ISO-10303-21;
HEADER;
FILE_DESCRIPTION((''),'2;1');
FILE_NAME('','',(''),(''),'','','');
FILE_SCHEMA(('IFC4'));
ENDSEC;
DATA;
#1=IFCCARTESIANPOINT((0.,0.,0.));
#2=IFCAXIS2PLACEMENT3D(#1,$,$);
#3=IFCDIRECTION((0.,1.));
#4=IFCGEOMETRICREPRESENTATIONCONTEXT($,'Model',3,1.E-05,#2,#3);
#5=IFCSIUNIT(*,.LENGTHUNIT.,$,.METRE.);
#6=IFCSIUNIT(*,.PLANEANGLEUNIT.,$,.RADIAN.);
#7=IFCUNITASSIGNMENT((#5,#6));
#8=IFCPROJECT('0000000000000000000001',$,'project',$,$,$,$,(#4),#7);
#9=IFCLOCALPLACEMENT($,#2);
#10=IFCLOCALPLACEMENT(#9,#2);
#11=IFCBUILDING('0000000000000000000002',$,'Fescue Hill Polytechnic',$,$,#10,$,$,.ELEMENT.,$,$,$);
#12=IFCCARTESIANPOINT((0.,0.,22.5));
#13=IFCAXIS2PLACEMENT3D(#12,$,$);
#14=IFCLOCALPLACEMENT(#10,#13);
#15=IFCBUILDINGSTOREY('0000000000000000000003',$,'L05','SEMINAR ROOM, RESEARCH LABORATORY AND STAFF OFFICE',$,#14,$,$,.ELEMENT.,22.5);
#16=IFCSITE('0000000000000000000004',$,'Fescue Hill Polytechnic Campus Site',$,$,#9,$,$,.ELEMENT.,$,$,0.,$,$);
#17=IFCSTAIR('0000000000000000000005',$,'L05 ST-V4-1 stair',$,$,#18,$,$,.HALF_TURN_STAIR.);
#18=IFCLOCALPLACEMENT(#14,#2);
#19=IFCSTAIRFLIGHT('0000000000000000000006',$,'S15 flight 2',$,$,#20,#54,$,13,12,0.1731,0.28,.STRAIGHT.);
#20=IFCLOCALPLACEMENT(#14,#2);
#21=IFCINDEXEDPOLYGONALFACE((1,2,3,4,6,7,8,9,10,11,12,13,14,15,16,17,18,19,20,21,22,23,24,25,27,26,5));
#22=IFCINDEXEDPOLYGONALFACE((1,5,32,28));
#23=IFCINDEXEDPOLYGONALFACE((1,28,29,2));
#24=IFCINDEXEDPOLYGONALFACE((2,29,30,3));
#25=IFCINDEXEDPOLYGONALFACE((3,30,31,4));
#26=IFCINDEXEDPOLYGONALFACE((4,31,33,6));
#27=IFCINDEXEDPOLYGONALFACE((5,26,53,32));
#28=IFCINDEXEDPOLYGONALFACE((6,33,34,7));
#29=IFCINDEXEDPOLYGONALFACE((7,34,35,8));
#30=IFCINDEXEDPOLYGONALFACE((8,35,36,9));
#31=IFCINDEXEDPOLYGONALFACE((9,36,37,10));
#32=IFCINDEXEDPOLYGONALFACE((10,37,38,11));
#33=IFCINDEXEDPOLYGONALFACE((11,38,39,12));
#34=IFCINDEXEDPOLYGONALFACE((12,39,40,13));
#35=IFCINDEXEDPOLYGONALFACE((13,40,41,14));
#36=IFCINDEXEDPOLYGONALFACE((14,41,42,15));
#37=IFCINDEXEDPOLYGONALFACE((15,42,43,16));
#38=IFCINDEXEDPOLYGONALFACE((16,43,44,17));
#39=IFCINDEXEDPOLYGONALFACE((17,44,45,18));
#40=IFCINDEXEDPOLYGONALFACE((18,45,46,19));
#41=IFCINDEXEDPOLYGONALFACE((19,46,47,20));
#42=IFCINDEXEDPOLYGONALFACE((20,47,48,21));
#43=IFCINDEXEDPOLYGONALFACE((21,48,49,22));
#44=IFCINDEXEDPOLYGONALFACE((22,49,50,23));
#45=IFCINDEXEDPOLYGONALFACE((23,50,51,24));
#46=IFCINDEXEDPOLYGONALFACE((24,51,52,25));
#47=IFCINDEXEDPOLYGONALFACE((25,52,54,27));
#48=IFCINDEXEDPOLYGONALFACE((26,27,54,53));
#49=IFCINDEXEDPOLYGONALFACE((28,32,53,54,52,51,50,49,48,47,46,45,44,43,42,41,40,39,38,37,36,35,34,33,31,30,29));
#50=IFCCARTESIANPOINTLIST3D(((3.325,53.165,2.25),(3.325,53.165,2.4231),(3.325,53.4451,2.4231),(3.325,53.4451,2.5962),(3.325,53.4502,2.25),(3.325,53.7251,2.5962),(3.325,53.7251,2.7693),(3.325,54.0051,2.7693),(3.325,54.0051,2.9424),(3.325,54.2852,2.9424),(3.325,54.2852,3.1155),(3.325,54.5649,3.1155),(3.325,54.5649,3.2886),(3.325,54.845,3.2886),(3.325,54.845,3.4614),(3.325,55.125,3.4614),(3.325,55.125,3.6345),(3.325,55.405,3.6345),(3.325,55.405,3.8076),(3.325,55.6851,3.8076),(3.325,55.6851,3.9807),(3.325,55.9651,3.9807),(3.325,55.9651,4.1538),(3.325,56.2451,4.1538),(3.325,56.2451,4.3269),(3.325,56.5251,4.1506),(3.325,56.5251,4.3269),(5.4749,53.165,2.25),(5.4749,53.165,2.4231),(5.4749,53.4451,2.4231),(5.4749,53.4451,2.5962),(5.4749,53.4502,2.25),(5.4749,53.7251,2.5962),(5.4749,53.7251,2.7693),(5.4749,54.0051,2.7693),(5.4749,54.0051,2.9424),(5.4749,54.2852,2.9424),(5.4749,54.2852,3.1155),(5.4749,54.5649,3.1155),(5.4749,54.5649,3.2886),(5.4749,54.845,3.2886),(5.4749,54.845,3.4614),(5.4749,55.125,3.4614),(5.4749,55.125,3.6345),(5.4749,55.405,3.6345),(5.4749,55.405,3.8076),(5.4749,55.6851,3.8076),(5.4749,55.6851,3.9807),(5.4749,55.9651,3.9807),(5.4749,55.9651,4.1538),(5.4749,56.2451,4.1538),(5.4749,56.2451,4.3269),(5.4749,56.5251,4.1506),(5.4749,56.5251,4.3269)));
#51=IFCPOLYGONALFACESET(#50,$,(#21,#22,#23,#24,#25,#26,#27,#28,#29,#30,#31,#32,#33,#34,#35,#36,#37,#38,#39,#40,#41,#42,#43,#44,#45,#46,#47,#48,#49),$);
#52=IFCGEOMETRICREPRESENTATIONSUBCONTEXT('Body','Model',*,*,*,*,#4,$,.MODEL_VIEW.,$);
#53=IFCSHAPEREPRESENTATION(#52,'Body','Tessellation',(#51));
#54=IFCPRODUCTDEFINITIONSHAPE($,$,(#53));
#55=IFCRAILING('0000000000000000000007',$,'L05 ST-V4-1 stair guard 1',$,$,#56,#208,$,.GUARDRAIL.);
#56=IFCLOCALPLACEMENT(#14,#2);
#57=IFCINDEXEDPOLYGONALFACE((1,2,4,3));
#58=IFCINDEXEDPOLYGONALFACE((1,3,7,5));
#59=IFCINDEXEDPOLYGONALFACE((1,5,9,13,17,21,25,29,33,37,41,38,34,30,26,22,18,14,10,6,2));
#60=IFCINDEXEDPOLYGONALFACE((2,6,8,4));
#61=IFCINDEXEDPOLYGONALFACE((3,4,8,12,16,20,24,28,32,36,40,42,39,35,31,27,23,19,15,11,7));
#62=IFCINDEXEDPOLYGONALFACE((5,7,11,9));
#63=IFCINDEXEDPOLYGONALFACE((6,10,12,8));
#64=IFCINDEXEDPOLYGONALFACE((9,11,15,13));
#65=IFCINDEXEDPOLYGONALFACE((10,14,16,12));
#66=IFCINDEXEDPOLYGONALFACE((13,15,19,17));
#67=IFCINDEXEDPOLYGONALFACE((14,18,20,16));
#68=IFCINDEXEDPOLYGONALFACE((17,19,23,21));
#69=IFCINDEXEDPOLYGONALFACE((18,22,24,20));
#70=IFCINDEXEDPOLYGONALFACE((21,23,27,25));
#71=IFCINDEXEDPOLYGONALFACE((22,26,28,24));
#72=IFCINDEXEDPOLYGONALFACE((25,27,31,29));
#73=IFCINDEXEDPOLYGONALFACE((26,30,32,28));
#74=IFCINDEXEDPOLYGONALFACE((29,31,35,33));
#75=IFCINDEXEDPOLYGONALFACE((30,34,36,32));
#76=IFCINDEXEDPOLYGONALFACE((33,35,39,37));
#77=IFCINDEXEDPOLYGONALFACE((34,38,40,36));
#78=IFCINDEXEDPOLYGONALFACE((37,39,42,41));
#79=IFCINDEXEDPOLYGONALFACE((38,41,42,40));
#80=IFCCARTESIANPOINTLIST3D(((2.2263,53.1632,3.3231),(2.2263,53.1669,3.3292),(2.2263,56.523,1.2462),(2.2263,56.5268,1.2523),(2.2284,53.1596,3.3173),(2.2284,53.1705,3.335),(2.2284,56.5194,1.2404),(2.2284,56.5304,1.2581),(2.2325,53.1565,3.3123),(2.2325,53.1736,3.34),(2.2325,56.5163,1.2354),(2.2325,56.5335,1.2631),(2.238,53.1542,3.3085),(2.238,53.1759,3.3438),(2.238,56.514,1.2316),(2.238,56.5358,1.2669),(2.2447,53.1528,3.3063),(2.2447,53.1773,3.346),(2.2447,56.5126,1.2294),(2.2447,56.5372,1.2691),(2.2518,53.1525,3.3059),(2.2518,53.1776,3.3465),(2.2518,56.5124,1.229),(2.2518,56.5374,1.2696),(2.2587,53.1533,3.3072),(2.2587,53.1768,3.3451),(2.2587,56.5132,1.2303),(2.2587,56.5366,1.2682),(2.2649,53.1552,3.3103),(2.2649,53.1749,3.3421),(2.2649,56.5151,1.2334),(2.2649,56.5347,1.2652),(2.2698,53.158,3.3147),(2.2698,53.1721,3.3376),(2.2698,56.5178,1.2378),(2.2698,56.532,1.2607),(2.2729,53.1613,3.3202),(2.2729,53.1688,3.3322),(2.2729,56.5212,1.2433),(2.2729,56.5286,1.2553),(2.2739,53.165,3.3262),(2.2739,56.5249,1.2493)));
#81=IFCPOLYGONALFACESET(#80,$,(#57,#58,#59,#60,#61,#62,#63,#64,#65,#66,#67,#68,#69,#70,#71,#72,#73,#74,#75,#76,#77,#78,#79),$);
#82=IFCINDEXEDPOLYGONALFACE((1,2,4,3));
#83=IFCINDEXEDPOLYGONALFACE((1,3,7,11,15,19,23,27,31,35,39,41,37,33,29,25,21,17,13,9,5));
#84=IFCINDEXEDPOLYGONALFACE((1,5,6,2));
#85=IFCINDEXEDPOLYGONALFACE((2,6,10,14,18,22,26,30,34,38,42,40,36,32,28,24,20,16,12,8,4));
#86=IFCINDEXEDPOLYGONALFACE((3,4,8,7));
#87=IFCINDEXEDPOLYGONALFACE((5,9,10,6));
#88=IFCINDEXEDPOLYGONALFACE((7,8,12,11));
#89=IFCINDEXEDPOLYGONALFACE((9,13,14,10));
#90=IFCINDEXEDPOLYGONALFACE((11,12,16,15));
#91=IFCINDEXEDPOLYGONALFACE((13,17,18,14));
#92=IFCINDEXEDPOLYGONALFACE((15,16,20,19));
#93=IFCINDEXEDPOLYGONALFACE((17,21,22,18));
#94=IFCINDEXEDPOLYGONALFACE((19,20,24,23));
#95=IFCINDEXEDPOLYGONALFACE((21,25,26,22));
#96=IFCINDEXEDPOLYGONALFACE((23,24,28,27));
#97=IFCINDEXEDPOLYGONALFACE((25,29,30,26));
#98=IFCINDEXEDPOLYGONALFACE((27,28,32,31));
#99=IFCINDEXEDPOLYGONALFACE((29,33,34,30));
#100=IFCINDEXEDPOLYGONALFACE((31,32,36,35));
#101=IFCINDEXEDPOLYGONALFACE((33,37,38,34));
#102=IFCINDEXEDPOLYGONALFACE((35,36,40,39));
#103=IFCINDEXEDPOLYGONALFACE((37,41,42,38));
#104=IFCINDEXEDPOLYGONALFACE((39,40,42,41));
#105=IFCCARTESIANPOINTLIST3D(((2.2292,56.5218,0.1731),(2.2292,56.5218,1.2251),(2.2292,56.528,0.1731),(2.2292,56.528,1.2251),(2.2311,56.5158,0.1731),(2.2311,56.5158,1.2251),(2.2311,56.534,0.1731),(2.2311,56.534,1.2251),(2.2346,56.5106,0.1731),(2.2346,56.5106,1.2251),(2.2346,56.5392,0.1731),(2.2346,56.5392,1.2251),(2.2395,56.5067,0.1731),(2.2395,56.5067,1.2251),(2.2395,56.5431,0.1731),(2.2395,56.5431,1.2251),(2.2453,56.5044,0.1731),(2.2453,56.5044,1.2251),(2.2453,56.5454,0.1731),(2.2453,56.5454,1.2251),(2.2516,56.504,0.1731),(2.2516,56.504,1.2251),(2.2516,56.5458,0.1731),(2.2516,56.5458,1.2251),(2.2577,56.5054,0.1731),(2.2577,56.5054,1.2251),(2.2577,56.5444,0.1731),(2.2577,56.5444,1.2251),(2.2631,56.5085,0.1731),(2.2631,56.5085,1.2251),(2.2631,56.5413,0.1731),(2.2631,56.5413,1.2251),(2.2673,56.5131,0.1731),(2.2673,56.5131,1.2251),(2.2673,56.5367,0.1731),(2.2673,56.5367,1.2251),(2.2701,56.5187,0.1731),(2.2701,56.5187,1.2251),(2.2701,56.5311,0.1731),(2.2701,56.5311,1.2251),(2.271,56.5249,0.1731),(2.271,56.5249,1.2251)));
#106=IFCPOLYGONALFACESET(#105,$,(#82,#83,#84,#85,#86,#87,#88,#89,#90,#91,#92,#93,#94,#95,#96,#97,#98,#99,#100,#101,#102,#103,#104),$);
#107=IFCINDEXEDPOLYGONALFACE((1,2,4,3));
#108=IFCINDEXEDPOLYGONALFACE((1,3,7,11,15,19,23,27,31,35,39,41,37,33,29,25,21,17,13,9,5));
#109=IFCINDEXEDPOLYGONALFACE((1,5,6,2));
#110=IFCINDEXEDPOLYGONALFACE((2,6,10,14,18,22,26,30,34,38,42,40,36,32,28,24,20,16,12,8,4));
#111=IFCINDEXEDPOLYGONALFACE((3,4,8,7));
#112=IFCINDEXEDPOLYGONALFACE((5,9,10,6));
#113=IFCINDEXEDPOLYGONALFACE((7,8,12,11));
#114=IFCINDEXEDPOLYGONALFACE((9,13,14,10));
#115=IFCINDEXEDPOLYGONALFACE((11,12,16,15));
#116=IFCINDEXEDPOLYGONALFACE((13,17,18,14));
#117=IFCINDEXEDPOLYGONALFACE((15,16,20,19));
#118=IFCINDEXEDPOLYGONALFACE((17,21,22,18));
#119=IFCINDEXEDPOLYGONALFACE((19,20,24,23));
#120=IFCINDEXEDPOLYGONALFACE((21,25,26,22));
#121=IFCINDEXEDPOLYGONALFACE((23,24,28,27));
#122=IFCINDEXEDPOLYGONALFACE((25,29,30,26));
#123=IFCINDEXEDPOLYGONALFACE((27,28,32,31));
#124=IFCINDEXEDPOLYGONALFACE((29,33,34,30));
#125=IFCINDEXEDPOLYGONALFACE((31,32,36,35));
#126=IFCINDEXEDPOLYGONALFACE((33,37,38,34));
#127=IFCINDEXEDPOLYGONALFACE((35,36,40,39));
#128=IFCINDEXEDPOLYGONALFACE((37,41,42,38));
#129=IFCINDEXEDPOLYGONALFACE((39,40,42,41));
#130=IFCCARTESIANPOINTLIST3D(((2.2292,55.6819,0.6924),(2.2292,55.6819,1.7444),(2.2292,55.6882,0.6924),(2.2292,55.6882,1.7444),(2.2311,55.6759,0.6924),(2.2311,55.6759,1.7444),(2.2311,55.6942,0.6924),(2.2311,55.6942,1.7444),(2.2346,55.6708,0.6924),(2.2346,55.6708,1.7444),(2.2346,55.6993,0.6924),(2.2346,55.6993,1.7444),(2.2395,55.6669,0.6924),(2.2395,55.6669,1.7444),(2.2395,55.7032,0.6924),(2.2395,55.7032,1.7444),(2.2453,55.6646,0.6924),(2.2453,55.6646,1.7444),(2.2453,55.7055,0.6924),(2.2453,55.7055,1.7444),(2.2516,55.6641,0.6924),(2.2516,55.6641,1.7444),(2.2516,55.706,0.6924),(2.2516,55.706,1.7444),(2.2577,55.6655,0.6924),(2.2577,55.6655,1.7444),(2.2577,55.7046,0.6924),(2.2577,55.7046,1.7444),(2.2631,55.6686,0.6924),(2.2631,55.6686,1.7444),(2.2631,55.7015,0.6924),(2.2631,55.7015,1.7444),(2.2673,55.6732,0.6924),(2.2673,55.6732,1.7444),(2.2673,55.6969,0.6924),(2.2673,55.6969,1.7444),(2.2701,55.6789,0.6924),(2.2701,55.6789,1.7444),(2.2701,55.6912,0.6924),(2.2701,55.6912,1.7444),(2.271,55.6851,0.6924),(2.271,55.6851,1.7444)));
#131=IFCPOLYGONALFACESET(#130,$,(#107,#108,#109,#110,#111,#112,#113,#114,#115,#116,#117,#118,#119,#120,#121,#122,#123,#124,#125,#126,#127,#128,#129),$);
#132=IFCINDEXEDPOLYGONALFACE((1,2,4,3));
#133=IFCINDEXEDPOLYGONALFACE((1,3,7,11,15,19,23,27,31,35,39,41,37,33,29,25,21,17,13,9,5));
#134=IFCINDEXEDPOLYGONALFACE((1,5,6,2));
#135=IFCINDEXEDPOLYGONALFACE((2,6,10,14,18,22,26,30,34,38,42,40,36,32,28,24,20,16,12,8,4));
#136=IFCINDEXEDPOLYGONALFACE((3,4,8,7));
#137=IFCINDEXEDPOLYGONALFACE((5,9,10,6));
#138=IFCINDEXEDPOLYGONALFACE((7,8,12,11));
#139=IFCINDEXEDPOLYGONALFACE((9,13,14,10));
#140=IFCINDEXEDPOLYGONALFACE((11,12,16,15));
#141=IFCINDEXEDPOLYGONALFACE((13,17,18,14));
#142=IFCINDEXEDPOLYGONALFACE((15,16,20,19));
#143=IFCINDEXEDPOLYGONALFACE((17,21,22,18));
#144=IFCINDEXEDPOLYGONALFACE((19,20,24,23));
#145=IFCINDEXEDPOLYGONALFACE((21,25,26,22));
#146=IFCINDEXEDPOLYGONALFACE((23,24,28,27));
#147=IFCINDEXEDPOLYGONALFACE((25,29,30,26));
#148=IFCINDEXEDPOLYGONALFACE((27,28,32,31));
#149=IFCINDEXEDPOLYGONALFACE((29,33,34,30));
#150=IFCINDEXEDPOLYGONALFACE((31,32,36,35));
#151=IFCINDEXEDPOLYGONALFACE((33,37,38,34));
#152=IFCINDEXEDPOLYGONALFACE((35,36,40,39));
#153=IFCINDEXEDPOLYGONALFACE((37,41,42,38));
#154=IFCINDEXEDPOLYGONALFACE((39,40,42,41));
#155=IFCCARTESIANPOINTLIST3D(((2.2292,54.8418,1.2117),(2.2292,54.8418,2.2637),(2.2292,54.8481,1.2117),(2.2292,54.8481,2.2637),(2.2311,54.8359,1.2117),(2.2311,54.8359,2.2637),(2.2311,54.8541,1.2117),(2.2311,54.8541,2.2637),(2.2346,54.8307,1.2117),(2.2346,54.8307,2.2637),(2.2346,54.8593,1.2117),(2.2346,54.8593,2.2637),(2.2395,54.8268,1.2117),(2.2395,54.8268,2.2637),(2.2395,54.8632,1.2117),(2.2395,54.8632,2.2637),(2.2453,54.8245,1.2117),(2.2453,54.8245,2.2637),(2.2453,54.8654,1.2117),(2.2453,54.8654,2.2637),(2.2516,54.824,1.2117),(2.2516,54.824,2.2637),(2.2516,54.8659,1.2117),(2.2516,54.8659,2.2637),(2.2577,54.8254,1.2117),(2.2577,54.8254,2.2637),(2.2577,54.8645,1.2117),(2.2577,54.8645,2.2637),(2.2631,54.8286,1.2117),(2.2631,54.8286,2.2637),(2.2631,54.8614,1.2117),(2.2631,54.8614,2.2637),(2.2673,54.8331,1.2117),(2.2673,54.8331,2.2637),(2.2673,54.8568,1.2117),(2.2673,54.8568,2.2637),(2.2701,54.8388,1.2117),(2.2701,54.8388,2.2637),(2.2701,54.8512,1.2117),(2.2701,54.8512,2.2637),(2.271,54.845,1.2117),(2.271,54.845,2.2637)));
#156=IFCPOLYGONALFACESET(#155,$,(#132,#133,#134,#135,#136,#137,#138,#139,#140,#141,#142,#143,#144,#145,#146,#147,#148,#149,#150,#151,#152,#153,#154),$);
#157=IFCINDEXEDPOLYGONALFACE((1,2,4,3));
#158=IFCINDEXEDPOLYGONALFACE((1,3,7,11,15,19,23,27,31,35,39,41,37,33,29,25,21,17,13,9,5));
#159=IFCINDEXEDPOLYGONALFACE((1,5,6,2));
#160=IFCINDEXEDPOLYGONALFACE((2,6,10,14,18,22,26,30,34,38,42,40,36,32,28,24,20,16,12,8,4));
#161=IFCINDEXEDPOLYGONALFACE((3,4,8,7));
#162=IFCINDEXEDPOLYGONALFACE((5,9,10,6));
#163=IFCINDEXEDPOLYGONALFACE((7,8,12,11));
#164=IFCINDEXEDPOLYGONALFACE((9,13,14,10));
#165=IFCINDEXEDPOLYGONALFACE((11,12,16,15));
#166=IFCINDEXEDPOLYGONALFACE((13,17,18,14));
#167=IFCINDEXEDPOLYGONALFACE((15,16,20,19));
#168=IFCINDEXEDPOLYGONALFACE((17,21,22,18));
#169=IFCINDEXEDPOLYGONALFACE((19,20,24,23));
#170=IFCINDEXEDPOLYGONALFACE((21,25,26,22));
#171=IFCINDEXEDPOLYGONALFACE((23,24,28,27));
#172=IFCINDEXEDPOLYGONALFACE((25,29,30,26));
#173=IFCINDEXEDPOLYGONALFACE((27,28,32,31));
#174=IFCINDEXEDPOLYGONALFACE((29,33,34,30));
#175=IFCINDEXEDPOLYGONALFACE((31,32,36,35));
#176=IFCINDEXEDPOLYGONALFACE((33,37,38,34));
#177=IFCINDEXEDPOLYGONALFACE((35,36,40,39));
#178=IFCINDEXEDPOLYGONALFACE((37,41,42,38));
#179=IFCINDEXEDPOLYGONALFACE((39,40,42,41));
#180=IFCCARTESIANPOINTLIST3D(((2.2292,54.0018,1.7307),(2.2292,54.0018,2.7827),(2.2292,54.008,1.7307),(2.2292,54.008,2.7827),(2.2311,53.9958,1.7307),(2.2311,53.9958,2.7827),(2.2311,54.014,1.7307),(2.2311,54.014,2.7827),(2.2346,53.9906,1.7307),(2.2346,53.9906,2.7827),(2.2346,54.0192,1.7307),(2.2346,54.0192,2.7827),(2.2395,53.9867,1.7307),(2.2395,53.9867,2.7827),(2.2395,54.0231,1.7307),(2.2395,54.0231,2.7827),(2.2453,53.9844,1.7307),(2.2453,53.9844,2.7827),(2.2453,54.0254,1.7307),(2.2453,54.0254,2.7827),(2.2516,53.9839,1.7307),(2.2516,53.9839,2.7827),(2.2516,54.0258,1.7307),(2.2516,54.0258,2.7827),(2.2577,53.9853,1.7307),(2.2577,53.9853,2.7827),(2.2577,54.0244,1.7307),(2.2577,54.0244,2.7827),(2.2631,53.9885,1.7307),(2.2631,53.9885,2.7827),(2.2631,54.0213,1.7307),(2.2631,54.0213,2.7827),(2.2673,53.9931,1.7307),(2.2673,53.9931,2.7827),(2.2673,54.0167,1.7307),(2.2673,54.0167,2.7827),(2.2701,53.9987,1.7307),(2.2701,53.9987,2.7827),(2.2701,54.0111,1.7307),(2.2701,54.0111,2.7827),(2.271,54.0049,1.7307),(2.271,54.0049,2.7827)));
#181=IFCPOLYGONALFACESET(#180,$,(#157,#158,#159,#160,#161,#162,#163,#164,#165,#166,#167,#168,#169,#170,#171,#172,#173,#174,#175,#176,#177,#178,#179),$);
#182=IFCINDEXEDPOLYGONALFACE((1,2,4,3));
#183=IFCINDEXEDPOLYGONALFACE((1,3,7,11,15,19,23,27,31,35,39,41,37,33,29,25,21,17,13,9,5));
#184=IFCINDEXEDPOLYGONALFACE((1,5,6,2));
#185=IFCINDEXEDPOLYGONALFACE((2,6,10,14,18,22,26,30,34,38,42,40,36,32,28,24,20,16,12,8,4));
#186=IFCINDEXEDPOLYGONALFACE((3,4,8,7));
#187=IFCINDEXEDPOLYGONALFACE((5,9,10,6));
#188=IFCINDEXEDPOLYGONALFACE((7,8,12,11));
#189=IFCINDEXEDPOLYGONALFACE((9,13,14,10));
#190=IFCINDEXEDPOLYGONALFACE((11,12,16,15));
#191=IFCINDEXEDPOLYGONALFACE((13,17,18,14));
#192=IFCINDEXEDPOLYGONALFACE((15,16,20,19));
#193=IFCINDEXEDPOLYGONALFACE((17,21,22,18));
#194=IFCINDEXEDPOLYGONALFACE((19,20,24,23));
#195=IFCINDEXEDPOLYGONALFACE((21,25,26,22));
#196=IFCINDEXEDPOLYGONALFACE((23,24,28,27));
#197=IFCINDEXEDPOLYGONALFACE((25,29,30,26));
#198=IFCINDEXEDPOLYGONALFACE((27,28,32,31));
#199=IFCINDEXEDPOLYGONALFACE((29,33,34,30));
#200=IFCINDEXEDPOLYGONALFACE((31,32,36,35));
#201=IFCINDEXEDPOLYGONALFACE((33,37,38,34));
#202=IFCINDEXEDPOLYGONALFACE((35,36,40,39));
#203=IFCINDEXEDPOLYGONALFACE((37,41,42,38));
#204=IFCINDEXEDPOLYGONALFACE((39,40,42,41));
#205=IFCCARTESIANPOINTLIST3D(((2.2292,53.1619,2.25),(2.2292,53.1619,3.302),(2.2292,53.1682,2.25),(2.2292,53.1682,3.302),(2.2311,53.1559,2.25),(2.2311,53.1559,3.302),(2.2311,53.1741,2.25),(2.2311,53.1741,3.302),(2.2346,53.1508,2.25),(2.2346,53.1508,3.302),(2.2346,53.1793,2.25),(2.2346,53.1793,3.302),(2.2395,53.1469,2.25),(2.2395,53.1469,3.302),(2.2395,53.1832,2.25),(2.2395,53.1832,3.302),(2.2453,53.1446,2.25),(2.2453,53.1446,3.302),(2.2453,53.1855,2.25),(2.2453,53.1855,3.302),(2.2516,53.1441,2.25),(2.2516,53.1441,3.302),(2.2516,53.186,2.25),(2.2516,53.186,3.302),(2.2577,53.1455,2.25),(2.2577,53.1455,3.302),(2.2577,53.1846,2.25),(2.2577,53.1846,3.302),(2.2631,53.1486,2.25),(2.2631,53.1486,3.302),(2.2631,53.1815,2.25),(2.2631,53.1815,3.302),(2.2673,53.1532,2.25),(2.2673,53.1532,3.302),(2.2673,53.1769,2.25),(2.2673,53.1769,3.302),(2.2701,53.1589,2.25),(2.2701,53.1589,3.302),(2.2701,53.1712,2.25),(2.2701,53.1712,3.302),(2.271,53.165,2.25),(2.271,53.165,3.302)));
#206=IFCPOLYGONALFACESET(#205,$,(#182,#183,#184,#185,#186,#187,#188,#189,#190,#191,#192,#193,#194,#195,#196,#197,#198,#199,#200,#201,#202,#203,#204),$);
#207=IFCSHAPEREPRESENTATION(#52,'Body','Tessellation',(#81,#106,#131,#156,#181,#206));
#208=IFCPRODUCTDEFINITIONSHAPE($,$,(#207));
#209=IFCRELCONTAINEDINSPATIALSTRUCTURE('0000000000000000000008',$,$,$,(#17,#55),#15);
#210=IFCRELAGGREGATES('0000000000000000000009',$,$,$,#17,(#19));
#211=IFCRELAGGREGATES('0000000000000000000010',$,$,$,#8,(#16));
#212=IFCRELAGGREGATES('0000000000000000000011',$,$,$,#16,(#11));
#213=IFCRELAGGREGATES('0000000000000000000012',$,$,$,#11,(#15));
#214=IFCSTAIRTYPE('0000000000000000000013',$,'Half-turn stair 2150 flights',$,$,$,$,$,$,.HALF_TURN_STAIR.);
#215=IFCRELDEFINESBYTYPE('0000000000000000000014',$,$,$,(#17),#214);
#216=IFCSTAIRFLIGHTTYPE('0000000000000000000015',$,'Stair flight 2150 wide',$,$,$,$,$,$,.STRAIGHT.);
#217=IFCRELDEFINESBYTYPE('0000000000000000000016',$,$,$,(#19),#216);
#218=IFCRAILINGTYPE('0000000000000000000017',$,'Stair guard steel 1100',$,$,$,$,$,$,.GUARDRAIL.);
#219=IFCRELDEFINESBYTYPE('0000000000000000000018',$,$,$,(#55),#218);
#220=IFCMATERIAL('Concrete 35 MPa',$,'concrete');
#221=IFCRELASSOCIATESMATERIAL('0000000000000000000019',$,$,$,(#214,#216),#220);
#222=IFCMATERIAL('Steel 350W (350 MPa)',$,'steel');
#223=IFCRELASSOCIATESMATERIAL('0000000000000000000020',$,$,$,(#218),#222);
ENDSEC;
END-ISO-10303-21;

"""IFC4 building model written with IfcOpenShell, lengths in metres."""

from ifc_helpers import new_model, si_unit, direction, frame, origin, origin_2d, place, context, subcontext, project, spatial, polyline, circle, outline, extrude, material, type_object, element, aggregate, save


model = new_model("IFC4")

# Units and contexts
model_context = context("Model", 3, precision=1e-05, world=origin(), true_north=direction((0.0, 1.0)))
body_context = subcontext(model_context, "Body", "Model", "MODEL_VIEW")
ifc_project = project(units=[si_unit("LENGTHUNIT", "METRE"), si_unit("PLANEANGLEUNIT", "RADIAN")], contexts=[model_context])

# Site, building, storey
site_placement = place(None, origin())
site = spatial("IfcSite", under=ifc_project, at=site_placement, Name="Fescue Hill Polytechnic Campus Site", CompositionType="ELEMENT", RefElevation=0.0)
building_placement = place(site_placement, origin())
building = spatial("IfcBuilding", under=site, at=building_placement, Name="Fescue Hill Polytechnic", CompositionType="ELEMENT")
storey_placement = place(building_placement, frame((0.0, 0.0, 22.5)))
storey = spatial("IfcBuildingStorey", under=building, at=storey_placement, Name="L05", Description="SEMINAR ROOM, RESEARCH LABORATORY AND STAFF OFFICE", CompositionType="ELEMENT", Elevation=22.5)

# Shared definitions
ifc_material_1 = material(Name="Concrete 35 MPa", Category="concrete")

# Stair, stair flight
stair_type = type_object("IfcStairType", Name="Half-turn stair 2150 flights", PredefinedType="HALF_TURN_STAIR", material=ifc_material_1)
stair_placement = place(storey_placement, origin())
stair = element("IfcStair", 1, at=stair_placement, inside=storey, type_object=stair_type, Name="L05 ST-V4-1 stair", PredefinedType="HALF_TURN_STAIR")
stair_flight_type = type_object("IfcStairFlightType", Name="Stair flight 2150 wide", PredefinedType="STRAIGHT", material=ifc_material_1)
stair_flight_1_placement = place(storey_placement, frame((4.3999, 53.165, 2.25), z_axis=(0.0, 0.0, 1.0), x_axis=(0.0, 1.0, 0.0)))
stair_flight_1 = element("IfcStairFlight", 2, at=stair_flight_1_placement, type_object=stair_flight_type, Name="S15 flight 2", NumberOfRisers=13, NumberOfTreads=12, PredefinedType="STRAIGHT", RiserHeight=0.1731, TreadLength=0.28, context=body_context, shape_type="SweptSolid", body=[
    extrude(outline(polyline([(0.0, 0.0), (0.0, 0.1731), (0.28, 0.1731), (0.28, 0.3462), (0.5601, 0.3462), (0.5601, 0.5193), (0.8401, 0.5193), (0.8401, 0.6924), (1.1201, 0.6924), (1.1201, 0.8655), (1.3999, 0.8655), (1.3999, 1.0386), (1.6799, 1.0386), (1.6799, 1.2114), (1.96, 1.2114), (1.96, 1.3845), (2.24, 1.3845), (2.24, 1.5576), (2.52, 1.5576), (2.52, 1.7307), (2.8, 1.7307), (2.8, 1.9038), (3.0801, 1.9038), (3.0801, 2.0769), (3.3601, 2.0769), (3.3601, 2.25), (3.3601, 1.9006), (0.2852, 0.0), (0.0, 0.0)])), frame((0.0, 1.075, 0.0), z_axis=(0.0, -1.0, 0.0), x_axis=(1.0, 0.0, 0.0)), (0.0, 0.0, 1.0), 2.1499),
])
aggregate(stair, [stair_flight_1])

# Railing
ifc_material_2 = material(Name="Steel 350W (350 MPa)", Category="steel")
railing_type_1 = type_object("IfcRailingType", Name="Stair guard steel 1100", PredefinedType="GUARDRAIL", material=ifc_material_2)
railing_1_placement = place(storey_placement, frame((2.25, 56.5249, 0.1731)))
element("IfcRailing", 3, at=railing_1_placement, inside=storey, type_object=railing_type_1, Name="L05 ST-V4-1 stair guard 1", PredefinedType="GUARDRAIL", context=body_context, shape_type="SweptSolid", body=[
    extrude(circle(Radius=0.0239, at=origin_2d()), frame((0.0, 0.0, 1.0762), z_axis=(0.0, -0.850606, 0.525803), x_axis=(1.0, 0.0, 0.0)), (0.0, 0.0, 1.0), 3.95),
    extrude(circle(Radius=0.021, at=origin_2d()), origin(), (0.0, 0.0, 1.0), 1.052),
    extrude(circle(Radius=0.021, at=origin_2d()), frame((0.0, -0.8398, 0.5193)), (0.0, 0.0, 1.0), 1.052),
    extrude(circle(Radius=0.021, at=origin_2d()), frame((0.0, -1.6799, 1.0386)), (0.0, 0.0, 1.0), 1.052),
    extrude(circle(Radius=0.021, at=origin_2d()), frame((0.0, -2.52, 1.5576)), (0.0, 0.0, 1.0), 1.052),
    extrude(circle(Radius=0.021, at=origin_2d()), frame((0.0, -3.3599, 2.0769)), (0.0, 0.0, 1.0), 1.052),
])

save(model, "model.ifc")
